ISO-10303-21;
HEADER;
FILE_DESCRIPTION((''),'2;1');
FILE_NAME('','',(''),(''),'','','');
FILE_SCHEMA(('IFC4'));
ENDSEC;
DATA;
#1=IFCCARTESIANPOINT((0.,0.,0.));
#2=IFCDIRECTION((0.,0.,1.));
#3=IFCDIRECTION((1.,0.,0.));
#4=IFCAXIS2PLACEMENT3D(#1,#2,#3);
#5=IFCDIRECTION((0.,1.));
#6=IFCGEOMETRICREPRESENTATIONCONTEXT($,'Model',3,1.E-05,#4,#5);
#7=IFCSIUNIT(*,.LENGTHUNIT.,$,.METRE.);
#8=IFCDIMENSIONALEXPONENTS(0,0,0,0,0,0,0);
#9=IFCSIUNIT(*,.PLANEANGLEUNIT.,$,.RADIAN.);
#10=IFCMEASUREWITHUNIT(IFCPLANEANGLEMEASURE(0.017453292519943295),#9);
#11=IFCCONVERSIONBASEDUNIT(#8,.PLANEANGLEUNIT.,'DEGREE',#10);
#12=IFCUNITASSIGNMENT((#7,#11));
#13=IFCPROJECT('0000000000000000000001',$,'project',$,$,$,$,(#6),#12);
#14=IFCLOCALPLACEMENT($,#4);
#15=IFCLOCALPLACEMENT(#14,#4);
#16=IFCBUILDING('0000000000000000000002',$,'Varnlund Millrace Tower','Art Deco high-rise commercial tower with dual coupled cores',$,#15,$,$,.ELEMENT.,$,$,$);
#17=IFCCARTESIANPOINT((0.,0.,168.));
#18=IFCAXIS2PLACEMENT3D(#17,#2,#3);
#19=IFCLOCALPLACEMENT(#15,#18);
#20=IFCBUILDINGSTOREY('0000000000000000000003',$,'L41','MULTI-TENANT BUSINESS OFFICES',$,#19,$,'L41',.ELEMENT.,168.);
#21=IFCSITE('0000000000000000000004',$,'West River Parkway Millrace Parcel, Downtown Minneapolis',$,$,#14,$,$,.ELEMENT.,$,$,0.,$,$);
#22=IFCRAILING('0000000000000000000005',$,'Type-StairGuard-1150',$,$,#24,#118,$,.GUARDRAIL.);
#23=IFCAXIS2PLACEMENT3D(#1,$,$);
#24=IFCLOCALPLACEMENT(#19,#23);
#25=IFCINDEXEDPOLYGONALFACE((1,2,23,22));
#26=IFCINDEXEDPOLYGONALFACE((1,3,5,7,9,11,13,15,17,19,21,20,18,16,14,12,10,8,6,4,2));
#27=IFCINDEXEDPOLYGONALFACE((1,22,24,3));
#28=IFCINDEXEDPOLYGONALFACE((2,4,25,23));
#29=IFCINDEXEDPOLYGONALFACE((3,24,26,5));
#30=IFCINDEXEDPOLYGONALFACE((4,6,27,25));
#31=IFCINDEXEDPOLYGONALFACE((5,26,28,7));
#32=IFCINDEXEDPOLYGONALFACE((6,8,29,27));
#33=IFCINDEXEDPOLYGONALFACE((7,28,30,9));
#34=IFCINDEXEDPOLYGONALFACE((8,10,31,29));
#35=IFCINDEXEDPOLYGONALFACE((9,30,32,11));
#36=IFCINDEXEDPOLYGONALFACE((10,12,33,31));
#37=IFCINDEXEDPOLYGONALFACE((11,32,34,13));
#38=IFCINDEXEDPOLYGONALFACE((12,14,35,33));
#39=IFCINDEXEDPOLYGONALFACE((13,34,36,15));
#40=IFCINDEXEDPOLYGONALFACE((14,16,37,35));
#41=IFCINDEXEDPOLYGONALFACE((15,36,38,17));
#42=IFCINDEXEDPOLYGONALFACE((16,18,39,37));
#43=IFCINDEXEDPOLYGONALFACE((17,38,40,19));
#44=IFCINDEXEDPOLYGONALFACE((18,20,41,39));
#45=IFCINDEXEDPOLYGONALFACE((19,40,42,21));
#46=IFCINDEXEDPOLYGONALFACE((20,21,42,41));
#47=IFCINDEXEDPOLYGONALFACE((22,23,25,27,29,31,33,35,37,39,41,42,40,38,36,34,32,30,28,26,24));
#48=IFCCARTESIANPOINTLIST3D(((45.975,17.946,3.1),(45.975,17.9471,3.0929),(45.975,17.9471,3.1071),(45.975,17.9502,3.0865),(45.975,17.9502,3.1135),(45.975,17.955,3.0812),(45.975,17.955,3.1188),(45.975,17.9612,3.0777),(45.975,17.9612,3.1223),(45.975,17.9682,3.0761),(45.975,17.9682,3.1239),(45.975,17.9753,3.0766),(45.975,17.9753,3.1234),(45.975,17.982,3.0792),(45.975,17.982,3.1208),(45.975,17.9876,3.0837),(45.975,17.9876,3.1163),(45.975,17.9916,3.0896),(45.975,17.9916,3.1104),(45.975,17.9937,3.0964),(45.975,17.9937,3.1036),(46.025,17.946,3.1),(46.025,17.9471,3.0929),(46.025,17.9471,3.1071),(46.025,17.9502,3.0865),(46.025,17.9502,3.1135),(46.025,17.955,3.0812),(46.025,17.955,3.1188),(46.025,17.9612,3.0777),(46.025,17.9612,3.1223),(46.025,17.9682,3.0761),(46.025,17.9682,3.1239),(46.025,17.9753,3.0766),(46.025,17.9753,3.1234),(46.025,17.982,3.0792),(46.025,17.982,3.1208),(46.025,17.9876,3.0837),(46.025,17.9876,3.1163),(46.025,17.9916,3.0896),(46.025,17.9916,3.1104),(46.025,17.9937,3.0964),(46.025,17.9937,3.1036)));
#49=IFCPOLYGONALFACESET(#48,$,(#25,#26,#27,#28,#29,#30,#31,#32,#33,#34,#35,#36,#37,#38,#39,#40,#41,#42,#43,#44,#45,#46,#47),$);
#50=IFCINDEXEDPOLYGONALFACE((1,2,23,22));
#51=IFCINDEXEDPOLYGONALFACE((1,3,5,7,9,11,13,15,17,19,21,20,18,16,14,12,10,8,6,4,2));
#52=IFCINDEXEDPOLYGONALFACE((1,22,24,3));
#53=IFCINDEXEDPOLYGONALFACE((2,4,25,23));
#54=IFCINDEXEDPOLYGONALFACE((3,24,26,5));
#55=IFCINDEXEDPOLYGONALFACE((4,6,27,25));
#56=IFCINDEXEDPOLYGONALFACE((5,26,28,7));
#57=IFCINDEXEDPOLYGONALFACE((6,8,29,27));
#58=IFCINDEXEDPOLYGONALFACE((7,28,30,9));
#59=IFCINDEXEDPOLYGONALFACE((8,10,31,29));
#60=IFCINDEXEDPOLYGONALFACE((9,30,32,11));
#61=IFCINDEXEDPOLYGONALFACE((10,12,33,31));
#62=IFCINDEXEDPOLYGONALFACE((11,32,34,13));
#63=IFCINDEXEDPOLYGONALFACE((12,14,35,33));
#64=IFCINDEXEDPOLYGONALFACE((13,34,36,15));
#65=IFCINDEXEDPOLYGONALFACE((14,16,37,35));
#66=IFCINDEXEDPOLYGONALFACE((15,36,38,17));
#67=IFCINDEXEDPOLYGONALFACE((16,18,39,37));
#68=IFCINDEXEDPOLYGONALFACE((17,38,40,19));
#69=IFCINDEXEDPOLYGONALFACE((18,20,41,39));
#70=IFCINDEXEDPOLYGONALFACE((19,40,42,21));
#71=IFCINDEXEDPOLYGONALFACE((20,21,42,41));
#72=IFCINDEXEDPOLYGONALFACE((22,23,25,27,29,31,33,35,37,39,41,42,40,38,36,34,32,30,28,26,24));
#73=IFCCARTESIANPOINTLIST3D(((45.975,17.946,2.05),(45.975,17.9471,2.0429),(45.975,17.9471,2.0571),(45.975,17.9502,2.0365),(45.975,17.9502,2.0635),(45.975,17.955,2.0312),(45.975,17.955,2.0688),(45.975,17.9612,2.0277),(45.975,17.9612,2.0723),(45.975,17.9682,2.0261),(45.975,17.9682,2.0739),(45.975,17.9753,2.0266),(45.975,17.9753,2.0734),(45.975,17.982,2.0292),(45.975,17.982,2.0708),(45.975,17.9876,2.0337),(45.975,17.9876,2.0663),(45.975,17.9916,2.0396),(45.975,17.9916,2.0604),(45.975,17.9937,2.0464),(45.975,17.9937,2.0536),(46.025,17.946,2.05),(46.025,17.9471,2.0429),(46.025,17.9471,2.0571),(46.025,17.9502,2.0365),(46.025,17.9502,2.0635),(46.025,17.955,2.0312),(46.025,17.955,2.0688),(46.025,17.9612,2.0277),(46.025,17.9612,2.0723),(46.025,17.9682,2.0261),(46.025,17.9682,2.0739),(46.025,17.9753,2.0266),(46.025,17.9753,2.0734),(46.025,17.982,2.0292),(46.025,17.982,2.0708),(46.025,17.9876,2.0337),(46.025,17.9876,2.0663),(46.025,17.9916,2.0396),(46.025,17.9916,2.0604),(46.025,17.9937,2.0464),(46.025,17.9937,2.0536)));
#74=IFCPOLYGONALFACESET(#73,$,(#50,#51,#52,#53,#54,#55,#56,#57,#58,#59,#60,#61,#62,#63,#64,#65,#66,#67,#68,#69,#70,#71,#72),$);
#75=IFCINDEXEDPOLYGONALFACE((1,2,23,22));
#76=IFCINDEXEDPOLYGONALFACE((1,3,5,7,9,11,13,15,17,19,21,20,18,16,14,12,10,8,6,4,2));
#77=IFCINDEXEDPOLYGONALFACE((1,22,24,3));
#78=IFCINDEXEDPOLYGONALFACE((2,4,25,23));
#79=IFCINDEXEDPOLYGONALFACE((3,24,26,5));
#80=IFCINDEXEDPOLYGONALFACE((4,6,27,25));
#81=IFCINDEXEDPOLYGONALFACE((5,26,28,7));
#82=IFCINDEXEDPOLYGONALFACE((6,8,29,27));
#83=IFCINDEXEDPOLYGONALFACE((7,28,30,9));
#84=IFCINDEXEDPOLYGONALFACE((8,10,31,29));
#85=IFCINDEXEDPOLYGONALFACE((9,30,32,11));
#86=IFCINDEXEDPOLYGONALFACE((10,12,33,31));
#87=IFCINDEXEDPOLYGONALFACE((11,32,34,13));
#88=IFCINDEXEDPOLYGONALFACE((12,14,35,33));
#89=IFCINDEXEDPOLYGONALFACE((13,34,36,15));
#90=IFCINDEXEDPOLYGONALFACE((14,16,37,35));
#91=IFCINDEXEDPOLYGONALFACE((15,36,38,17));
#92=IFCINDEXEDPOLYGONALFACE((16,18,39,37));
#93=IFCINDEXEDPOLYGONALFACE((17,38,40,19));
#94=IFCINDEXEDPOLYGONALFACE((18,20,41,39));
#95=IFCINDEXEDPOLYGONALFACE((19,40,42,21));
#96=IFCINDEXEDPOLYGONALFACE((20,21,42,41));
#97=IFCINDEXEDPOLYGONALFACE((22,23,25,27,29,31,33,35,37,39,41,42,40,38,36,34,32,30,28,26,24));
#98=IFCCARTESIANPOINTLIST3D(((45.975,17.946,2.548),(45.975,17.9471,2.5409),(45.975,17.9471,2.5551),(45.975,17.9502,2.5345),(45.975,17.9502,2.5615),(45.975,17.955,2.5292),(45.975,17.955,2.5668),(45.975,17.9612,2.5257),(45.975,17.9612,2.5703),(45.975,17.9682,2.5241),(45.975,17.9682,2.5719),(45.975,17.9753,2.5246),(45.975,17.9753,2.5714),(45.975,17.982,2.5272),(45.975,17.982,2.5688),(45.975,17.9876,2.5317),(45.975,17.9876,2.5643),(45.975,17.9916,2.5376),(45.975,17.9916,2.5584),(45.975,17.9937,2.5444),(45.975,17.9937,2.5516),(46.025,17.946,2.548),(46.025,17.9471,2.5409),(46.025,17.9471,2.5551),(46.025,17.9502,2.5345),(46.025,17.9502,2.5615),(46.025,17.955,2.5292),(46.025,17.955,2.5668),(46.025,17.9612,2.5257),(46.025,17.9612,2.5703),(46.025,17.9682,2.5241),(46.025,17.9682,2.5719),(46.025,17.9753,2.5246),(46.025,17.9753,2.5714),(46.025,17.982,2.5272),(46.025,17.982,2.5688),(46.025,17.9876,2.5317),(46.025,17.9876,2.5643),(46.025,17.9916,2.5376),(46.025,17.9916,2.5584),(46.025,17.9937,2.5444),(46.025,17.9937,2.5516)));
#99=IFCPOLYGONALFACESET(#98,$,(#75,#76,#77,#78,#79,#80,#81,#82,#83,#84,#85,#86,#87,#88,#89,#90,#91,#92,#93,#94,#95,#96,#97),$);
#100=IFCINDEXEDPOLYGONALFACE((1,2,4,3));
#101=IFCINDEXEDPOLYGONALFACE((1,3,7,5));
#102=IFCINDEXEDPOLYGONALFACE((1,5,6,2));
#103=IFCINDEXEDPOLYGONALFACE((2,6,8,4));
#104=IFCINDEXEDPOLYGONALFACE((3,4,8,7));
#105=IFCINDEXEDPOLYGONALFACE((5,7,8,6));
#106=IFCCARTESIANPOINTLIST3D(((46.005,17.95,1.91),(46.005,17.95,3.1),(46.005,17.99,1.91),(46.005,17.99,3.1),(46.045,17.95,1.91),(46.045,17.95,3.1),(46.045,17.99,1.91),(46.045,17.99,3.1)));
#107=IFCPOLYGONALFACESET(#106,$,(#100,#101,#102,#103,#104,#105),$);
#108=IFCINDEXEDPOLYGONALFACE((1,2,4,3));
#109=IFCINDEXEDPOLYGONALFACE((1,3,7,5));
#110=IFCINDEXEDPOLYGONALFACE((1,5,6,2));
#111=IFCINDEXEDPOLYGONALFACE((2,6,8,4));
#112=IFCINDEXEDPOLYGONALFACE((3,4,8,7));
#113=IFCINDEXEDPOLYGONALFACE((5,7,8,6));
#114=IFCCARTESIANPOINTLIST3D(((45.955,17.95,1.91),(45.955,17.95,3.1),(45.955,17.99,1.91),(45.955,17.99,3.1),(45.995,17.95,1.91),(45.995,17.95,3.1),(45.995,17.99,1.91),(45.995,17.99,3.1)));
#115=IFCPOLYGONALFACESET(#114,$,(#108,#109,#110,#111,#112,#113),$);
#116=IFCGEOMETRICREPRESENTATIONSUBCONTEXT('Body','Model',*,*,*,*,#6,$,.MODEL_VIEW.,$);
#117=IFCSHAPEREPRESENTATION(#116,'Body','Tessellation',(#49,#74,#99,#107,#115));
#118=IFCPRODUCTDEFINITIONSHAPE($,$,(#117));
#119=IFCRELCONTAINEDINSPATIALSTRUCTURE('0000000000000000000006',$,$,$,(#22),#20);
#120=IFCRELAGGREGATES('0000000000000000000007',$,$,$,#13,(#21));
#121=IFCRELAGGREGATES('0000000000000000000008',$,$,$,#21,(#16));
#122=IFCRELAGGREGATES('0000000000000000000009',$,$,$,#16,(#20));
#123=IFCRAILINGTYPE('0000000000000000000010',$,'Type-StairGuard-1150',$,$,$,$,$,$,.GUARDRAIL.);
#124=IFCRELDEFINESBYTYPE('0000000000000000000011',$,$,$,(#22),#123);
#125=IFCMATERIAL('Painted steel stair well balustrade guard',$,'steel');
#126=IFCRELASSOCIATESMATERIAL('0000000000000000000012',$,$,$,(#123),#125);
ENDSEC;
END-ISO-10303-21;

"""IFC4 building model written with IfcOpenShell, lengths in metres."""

from ifc_helpers import new_model, entity, si_unit, converted_unit, direction, frame, origin_with_axes, origin_2d_with_axis, place, context, subcontext, project, spatial, rectangle, circle, extrude, material, type_object, element, save


model = new_model("IFC4")

# Units and contexts
model_context = context("Model", 3, precision=1e-05, world=origin_with_axes(), true_north=direction((0.0, 1.0)))
body_context = subcontext(model_context, "Body", "Model", "MODEL_VIEW")
ifc_project = project(units=[si_unit("LENGTHUNIT", "METRE"), converted_unit("PLANEANGLEUNIT", "DEGREE", entity("IfcPlaneAngleMeasure", 0.017453292519943295), si_unit("PLANEANGLEUNIT", "RADIAN"), dimensions=[0, 0, 0, 0, 0, 0, 0])], contexts=[model_context])

# Site, building, storey
site_placement = place(None, origin_with_axes())
site = spatial("IfcSite", under=ifc_project, at=site_placement, Name="West River Parkway Millrace Parcel, Downtown Minneapolis", CompositionType="ELEMENT", RefElevation=0.0)
building_placement = place(site_placement, origin_with_axes())
building = spatial("IfcBuilding", under=site, at=building_placement, Name="Varnlund Millrace Tower", Description="Art Deco high-rise commercial tower with dual coupled cores", CompositionType="ELEMENT")
storey_placement = place(building_placement, frame((0.0, 0.0, 168.0), z_axis=(0.0, 0.0, 1.0), x_axis=(1.0, 0.0, 0.0)))
storey = spatial("IfcBuildingStorey", under=building, at=storey_placement, Name="L41", Description="MULTI-TENANT BUSINESS OFFICES", LongName="L41", CompositionType="ELEMENT", Elevation=168.0)

# Railing
ifc_material_1 = material(Name="Painted steel stair well balustrade guard", Category="steel")
railing_type_1 = type_object("IfcRailingType", Name="Type-StairGuard-1150", PredefinedType="GUARDRAIL", material=ifc_material_1)
railing_1_placement = place(storey_placement, frame((0.0, 0.0, -168.0), z_axis=(0.0, 0.0, 1.0), x_axis=(1.0, 0.0, 0.0)))
element("IfcRailing", 1, at=railing_1_placement, inside=storey, type_object=railing_type_1, Name="Type-StairGuard-1150", PredefinedType="GUARDRAIL", context=body_context, shape_type="SweptSolid", body=[
    extrude(circle(Radius=0.024, at=origin_2d_with_axis()), frame((46.025, 17.97, 171.1), z_axis=(-1.0, 0.0, 0.0), x_axis=(0.0, -1.0, 0.0)), (0.0, 0.0, 1.0), 0.05),
    extrude(circle(Radius=0.024, at=origin_2d_with_axis()), frame((46.025, 17.97, 170.05), z_axis=(-1.0, 0.0, 0.0), x_axis=(0.0, -1.0, 0.0)), (0.0, 0.0, 1.0), 0.05),
    extrude(circle(Radius=0.024, at=origin_2d_with_axis()), frame((46.025, 17.97, 170.548), z_axis=(-1.0, 0.0, 0.0), x_axis=(0.0, -1.0, 0.0)), (0.0, 0.0, 1.0), 0.05),
    extrude(rectangle(XDim=0.04, YDim=0.04, at=origin_2d_with_axis()), frame((46.025, 17.97, 169.91), z_axis=(0.0, 0.0, 1.0), x_axis=(1.0, 0.0, 0.0)), (0.0, 0.0, 1.0), 1.19),
    extrude(rectangle(XDim=0.04, YDim=0.04, at=origin_2d_with_axis()), frame((45.975, 17.97, 169.91), z_axis=(0.0, 0.0, 1.0), x_axis=(1.0, 0.0, 0.0)), (0.0, 0.0, 1.0), 1.19),
])

save(model, "model.ifc")
